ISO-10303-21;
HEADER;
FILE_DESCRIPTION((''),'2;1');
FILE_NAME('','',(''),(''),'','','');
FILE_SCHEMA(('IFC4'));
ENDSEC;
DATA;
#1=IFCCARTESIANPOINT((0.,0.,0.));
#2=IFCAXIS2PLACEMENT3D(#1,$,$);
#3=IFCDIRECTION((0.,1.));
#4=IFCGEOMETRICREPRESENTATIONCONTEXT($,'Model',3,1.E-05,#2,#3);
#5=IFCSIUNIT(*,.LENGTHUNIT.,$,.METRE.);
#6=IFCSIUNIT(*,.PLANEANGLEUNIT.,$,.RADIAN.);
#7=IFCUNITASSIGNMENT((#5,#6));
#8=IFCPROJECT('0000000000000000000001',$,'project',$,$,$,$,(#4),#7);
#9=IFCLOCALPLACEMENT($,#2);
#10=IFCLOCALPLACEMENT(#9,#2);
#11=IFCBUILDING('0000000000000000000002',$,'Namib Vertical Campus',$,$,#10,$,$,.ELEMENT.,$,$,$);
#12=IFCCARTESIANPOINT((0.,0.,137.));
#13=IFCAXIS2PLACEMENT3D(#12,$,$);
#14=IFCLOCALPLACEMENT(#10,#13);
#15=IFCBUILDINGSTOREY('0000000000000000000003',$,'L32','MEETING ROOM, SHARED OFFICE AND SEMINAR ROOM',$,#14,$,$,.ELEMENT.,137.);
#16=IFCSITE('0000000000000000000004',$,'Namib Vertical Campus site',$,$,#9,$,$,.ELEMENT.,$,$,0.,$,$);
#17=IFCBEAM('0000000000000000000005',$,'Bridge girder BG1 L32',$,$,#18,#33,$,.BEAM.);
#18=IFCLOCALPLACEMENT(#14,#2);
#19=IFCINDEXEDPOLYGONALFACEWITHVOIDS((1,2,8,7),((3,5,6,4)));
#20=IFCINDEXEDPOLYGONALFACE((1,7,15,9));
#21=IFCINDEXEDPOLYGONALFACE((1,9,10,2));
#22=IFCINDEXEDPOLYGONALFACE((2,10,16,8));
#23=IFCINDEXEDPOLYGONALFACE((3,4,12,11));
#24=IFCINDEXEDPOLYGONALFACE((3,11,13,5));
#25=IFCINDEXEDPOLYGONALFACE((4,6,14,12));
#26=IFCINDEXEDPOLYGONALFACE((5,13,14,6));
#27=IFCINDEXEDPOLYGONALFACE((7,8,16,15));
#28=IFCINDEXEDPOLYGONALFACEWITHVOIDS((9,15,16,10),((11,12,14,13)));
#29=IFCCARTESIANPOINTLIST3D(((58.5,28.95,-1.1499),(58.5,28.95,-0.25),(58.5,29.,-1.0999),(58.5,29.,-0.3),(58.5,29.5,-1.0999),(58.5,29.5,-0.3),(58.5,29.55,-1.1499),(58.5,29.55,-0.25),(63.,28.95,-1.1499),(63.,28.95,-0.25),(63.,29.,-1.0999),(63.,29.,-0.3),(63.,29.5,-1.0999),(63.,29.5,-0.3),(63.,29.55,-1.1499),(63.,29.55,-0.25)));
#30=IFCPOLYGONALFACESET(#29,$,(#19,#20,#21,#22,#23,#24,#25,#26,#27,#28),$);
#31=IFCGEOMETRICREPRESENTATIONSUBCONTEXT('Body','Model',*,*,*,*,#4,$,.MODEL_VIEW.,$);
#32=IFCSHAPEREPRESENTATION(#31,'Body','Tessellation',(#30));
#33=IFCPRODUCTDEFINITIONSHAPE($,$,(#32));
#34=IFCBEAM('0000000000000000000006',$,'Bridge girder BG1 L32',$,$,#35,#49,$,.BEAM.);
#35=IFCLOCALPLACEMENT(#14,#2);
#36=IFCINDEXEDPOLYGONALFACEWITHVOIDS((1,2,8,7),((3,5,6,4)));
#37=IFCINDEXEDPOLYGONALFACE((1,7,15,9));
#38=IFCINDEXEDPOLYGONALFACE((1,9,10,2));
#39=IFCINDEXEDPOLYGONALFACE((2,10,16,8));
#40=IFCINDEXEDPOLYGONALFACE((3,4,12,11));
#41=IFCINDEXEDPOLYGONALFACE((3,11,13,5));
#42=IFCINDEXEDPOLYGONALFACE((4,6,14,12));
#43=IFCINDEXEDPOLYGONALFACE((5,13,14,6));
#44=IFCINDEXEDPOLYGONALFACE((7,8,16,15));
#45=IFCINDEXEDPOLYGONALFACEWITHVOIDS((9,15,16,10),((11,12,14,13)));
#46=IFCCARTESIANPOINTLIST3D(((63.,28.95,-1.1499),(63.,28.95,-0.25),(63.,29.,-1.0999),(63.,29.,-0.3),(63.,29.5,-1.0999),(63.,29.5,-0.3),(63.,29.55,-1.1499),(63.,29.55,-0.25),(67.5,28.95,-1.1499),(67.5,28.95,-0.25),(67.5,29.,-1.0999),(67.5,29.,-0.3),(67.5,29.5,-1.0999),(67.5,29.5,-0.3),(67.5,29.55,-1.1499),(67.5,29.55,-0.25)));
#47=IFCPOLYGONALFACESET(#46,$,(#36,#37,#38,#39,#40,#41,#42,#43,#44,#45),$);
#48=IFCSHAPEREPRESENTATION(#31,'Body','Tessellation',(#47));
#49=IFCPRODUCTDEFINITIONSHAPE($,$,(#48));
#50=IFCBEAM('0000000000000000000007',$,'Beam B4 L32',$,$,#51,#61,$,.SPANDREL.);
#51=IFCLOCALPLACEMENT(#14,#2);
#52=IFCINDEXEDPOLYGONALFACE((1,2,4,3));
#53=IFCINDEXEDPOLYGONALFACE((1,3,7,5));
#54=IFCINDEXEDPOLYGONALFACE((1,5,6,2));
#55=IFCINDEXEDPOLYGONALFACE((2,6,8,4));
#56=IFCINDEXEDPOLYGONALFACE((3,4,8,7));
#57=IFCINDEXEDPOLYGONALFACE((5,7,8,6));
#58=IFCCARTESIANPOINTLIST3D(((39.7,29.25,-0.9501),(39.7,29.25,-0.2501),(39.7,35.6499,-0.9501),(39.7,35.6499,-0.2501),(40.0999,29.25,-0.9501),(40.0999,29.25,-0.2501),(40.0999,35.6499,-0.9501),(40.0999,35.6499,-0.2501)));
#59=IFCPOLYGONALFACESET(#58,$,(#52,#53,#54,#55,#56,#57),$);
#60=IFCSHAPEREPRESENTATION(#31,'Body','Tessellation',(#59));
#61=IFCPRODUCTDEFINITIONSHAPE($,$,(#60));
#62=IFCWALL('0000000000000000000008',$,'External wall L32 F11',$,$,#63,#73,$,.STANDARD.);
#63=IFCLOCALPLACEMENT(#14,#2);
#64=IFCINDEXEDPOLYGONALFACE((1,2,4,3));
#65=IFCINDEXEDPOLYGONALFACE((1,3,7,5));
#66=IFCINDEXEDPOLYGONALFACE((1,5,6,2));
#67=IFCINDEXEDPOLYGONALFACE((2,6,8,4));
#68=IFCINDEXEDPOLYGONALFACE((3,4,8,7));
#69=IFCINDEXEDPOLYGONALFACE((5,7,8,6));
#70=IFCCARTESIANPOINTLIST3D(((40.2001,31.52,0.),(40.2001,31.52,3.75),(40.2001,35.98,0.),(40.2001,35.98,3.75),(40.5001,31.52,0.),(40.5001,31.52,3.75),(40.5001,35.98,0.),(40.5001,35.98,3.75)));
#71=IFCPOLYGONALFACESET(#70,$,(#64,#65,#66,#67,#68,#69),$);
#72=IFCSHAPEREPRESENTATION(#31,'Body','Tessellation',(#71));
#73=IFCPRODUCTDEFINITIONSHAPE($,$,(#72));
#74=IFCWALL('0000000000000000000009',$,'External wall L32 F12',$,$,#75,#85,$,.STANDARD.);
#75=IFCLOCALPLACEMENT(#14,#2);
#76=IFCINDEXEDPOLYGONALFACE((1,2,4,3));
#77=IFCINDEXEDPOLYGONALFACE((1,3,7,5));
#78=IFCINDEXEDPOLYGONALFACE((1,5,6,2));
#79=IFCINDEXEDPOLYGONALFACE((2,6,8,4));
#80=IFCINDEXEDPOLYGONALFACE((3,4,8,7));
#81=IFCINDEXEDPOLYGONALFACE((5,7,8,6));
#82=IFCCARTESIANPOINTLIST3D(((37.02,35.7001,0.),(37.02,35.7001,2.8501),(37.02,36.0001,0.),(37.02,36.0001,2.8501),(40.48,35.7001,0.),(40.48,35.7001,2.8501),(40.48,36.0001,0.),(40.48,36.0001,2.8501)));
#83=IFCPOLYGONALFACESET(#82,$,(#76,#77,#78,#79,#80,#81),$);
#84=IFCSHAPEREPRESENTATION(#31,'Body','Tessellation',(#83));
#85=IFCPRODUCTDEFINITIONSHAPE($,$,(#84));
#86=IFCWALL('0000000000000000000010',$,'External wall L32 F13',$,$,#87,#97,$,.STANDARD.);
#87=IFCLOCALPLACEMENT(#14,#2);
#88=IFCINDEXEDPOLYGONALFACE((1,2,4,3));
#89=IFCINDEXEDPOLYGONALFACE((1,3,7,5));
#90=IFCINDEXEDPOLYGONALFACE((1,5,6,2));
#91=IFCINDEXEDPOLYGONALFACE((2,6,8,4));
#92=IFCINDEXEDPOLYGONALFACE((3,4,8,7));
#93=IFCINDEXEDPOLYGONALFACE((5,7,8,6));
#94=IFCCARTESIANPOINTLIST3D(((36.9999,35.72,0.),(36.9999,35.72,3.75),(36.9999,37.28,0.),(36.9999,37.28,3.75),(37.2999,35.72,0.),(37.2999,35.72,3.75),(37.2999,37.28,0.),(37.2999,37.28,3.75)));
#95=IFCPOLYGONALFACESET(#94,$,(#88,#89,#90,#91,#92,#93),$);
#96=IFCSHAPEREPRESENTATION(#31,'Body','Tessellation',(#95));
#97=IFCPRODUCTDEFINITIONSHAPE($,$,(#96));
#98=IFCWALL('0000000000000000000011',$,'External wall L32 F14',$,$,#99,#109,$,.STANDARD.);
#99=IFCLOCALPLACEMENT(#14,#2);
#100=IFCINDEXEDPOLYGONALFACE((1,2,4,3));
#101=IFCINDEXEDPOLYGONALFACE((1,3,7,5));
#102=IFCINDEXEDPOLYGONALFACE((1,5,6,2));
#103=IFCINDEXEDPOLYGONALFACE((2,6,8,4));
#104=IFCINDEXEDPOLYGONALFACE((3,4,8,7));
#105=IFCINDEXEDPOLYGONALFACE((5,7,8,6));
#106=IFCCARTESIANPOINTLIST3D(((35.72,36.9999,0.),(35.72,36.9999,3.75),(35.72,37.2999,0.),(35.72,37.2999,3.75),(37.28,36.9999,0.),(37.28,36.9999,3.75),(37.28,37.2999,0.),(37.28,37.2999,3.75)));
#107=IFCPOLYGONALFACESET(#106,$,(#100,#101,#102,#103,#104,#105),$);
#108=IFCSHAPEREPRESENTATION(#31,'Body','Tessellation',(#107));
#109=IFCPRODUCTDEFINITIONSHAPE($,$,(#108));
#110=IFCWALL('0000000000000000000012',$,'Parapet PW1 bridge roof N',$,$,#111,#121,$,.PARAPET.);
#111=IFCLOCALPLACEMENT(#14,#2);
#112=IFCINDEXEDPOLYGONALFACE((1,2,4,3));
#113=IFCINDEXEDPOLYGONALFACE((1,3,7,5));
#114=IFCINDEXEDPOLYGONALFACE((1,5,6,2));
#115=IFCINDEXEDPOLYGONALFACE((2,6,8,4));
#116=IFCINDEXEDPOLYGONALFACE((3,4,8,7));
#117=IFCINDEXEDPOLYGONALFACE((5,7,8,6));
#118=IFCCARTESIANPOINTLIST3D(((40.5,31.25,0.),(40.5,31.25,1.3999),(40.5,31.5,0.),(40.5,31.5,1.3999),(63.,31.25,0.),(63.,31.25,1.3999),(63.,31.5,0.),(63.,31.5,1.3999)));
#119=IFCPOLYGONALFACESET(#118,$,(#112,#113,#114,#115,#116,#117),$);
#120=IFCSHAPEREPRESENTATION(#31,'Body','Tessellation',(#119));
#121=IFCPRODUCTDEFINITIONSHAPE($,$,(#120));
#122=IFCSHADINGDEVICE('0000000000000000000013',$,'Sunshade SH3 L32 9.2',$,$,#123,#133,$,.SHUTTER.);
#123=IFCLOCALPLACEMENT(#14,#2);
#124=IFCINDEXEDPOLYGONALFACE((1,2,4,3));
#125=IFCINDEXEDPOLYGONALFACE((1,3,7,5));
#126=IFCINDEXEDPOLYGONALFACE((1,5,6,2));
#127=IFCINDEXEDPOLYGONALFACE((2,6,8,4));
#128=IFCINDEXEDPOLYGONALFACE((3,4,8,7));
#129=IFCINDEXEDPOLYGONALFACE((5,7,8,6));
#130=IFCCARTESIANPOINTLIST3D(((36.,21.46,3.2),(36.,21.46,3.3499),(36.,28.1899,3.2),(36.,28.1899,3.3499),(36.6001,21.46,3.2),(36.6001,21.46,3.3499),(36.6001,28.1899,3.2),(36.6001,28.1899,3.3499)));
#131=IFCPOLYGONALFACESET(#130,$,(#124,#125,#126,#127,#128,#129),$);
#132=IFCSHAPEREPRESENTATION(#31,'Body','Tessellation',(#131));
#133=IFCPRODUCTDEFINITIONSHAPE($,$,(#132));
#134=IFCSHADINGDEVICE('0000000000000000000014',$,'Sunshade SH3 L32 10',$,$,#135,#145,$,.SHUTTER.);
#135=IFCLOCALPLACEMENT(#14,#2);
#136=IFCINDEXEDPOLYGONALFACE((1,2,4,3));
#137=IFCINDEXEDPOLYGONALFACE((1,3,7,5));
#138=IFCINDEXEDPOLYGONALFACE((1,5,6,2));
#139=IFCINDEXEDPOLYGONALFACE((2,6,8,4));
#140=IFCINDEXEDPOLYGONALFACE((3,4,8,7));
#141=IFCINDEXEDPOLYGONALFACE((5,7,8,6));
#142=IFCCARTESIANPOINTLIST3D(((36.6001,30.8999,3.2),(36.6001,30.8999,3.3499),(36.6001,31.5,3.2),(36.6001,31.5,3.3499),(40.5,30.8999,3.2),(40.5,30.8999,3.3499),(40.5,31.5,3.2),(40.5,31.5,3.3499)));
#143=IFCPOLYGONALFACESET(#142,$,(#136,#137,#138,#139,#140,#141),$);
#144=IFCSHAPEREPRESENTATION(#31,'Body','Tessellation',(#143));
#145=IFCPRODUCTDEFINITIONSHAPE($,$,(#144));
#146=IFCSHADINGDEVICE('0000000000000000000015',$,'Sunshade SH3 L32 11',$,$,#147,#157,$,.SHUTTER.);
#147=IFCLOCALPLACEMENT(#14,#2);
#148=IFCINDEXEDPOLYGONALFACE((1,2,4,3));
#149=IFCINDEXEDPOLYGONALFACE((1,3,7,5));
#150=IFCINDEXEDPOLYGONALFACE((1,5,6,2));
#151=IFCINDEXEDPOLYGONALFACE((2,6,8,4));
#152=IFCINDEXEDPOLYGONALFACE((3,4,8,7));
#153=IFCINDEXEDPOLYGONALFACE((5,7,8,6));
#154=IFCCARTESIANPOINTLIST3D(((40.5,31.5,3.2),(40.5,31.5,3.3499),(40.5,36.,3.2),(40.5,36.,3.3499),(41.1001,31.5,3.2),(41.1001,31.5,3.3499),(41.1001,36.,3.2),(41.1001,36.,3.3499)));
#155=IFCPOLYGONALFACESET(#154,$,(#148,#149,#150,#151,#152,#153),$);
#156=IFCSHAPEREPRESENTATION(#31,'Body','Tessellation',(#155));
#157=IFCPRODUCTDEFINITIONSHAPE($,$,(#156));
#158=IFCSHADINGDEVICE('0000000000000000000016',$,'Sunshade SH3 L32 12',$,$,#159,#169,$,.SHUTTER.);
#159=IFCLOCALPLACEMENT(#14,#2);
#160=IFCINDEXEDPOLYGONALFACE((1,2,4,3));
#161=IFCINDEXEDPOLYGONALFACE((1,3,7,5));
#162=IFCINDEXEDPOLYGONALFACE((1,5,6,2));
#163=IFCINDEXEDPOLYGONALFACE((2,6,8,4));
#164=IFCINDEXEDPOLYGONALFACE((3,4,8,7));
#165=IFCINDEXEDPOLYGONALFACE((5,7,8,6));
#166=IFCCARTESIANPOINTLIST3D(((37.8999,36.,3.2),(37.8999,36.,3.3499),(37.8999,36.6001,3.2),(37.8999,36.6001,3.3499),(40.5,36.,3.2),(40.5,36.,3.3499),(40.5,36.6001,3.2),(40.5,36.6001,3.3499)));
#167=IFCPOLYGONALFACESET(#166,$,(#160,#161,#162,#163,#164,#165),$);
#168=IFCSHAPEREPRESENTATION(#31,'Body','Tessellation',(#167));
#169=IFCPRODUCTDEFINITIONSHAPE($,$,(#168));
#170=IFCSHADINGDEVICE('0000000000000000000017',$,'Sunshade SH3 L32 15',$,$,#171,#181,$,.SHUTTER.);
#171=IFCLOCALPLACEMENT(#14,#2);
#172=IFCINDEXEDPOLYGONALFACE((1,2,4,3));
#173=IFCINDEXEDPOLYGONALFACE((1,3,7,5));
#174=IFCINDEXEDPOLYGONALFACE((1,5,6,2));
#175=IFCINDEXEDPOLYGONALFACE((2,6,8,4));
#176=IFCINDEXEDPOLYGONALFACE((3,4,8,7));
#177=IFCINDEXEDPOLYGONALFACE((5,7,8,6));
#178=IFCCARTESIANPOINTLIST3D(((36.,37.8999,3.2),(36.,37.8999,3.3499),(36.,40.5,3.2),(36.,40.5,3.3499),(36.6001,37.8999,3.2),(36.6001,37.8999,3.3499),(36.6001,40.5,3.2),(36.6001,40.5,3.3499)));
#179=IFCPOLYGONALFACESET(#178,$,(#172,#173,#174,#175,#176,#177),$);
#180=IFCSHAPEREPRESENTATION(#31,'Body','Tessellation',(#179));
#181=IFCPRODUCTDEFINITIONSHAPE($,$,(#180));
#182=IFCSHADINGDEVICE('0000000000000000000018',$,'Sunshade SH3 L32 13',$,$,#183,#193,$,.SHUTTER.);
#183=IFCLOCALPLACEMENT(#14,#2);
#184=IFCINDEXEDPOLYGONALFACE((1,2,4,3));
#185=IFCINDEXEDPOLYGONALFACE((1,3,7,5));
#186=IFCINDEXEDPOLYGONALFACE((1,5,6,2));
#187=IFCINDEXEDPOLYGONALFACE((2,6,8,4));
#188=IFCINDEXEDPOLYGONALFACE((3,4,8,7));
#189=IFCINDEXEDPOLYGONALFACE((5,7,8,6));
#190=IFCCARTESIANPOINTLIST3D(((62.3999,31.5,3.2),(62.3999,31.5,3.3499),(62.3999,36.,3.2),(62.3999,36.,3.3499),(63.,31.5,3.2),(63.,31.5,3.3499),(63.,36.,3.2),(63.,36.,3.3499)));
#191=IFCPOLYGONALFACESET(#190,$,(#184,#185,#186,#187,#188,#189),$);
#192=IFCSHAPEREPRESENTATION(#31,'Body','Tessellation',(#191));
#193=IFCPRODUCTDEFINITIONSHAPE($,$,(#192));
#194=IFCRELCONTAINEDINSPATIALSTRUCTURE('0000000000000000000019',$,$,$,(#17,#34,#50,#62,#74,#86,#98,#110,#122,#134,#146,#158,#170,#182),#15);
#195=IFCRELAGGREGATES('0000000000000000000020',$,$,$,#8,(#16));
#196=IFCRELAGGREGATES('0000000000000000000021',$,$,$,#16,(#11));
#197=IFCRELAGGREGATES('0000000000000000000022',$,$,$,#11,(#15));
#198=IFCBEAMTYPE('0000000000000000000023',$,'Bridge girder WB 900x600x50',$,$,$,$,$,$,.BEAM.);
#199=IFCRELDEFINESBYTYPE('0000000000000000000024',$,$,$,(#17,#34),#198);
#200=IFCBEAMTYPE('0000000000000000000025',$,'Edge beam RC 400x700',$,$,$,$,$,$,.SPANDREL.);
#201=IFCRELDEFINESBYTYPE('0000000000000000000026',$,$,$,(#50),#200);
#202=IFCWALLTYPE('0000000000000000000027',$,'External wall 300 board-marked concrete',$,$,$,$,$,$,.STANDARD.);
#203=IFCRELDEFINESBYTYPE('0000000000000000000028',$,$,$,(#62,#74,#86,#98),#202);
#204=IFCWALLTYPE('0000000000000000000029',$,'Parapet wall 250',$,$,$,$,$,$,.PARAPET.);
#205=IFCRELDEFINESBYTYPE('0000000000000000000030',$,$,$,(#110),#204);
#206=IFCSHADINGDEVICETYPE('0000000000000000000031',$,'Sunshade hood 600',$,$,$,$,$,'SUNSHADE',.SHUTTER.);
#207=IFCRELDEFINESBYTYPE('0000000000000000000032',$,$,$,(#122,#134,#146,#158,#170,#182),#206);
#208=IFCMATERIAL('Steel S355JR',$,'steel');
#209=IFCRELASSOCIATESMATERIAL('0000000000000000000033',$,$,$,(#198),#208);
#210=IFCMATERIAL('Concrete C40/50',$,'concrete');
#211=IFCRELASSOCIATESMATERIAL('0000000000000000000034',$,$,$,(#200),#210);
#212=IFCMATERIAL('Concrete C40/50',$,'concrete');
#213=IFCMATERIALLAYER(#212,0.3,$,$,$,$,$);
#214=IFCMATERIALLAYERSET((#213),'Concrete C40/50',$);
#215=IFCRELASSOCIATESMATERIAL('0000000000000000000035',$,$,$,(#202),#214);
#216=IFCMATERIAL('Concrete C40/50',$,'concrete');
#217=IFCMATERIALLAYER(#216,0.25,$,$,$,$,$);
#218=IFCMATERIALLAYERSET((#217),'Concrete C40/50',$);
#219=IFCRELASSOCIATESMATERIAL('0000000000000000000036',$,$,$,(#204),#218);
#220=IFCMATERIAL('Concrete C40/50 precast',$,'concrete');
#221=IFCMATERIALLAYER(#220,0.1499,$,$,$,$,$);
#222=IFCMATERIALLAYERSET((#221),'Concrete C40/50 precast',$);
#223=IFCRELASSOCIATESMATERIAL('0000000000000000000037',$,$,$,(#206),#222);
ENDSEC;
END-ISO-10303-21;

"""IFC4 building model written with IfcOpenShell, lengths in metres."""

from ifc_helpers import new_model, si_unit, direction, frame, frame_2d, origin, origin_2d, place, context, subcontext, project, spatial, rectangle, hollow_rectangle, extrude, material, layer, layer_set, material_profile, profile_set, type_object, element, save


model = new_model("IFC4")

# Units and contexts
model_context = context("Model", 3, precision=1e-05, world=origin(), true_north=direction((0.0, 1.0)))
body_context = subcontext(model_context, "Body", "Model", "MODEL_VIEW")
ifc_project = project(units=[si_unit("LENGTHUNIT", "METRE"), si_unit("PLANEANGLEUNIT", "RADIAN")], contexts=[model_context])

# Site, building, storey
site_placement = place(None, origin())
site = spatial("IfcSite", under=ifc_project, at=site_placement, Name="Namib Vertical Campus site", CompositionType="ELEMENT", RefElevation=0.0)
building_placement = place(site_placement, origin())
building = spatial("IfcBuilding", under=site, at=building_placement, Name="Namib Vertical Campus", CompositionType="ELEMENT")
storey_placement = place(building_placement, frame((0.0, 0.0, 137.0)))
storey = spatial("IfcBuildingStorey", under=building, at=storey_placement, Name="L32", Description="MEETING ROOM, SHARED OFFICE AND SEMINAR ROOM", CompositionType="ELEMENT", Elevation=137.0)

# Beams
ifc_material_1 = material(Name="Steel S355JR", Category="steel")
ifc_material_profile_1 = material_profile(ifc_material_1, hollow_rectangle(XDim=0.6001, YDim=0.8999, WallThickness=0.05, at=origin_2d()))
ifc_profile_set_1 = profile_set([ifc_material_profile_1], Name="Steel S355JR")
beam_type_1 = type_object("IfcBeamType", Name="Bridge girder WB 900x600x50", PredefinedType="BEAM", material=ifc_profile_set_1)
for number, where, z_axis, x_axis, name in (
    (1, (58.5, 29.25, -0.7), (1.0, 0.0, 0.0), (0.0, 1.0, 0.0), "Bridge girder BG1 L32"),
    (2, (63.0, 29.25, -0.7), (1.0, 0.0, 0.0), (0.0, 1.0, 0.0), "Bridge girder BG1 L32"),
):
    element("IfcBeam", number, at=place(storey_placement, frame(where, z_axis=z_axis, x_axis=x_axis)), inside=storey, type_object=beam_type_1, Name=name, PredefinedType="BEAM", context=body_context, shape_type="SweptSolid", body=[
        extrude(hollow_rectangle(XDim=0.6001, YDim=0.8999, WallThickness=0.05, at=origin_2d()), origin(), (0.0, 0.0, 1.0), 4.5),
    ])
ifc_material_2 = material(Name="Concrete C40/50", Category="concrete")
ifc_material_profile_2 = material_profile(ifc_material_2, rectangle(XDim=0.3999, YDim=0.7, at=origin_2d()))
ifc_profile_set_2 = profile_set([ifc_material_profile_2], Name="Concrete C40/50")
beam_type_2 = type_object("IfcBeamType", Name="Edge beam RC 400x700", PredefinedType="SPANDREL", material=ifc_profile_set_2)
beam_placement = place(storey_placement, frame((39.8999, 29.25, -0.6001), z_axis=(0.0, 1.0, 0.0), x_axis=(-1.0, 0.0, 0.0)))
element("IfcBeam", 3, at=beam_placement, inside=storey, type_object=beam_type_2, Name="Beam B4 L32", PredefinedType="SPANDREL", context=body_context, shape_type="SweptSolid", body=[
    extrude(rectangle(XDim=0.3999, YDim=0.7, at=origin_2d()), origin(), (0.0, 0.0, 1.0), 6.3999),
])

# Walls
ifc_material_3 = material(Name="Concrete C40/50", Category="concrete")
ifc_layer_1 = layer(ifc_material_3, 0.3)
ifc_layer_set_1 = layer_set([ifc_layer_1], Name="Concrete C40/50")
wall_type_1 = type_object("IfcWallType", Name="External wall 300 board-marked concrete", PredefinedType="STANDARD", material=ifc_layer_set_1)
wall_1_placement = place(storey_placement, frame((40.3501, 31.52, 0.0), z_axis=(0.0, 0.0, 1.0), x_axis=(0.0, 1.0, 0.0)))
element("IfcWall", 4, at=wall_1_placement, inside=storey, type_object=wall_type_1, Name="External wall L32 F11", PredefinedType="STANDARD", context=body_context, shape_type="SweptSolid", body=[
    extrude(rectangle(XDim=4.46, YDim=0.3, at=frame_2d((2.23, 0.0))), origin(), (0.0, 0.0, 1.0), 3.75),
])
wall_2_placement = place(storey_placement, frame((40.48, 35.8501, 0.0), z_axis=(0.0, 0.0, 1.0), x_axis=(-1.0, 0.0, 0.0)))
element("IfcWall", 5, at=wall_2_placement, inside=storey, type_object=wall_type_1, Name="External wall L32 F12", PredefinedType="STANDARD", context=body_context, shape_type="SweptSolid", body=[
    extrude(rectangle(XDim=3.46, YDim=0.3, at=frame_2d((1.73, 0.0))), origin(), (0.0, 0.0, 1.0), 2.8501),
])
for number, where, z_axis, x_axis, name in (
    (6, (37.1499, 35.72, 0.0), (0.0, 0.0, 1.0), (0.0, 1.0, 0.0), "External wall L32 F13"),
    (7, (37.28, 37.1499, 0.0), (0.0, 0.0, 1.0), (-1.0, 0.0, 0.0), "External wall L32 F14"),
):
    element("IfcWall", number, at=place(storey_placement, frame(where, z_axis=z_axis, x_axis=x_axis)), inside=storey, type_object=wall_type_1, Name=name, PredefinedType="STANDARD", context=body_context, shape_type="SweptSolid", body=[
        extrude(rectangle(XDim=1.5601, YDim=0.3, at=frame_2d((0.78, 0.0))), origin(), (0.0, 0.0, 1.0), 3.75),
    ])
ifc_material_4 = material(Name="Concrete C40/50", Category="concrete")
ifc_layer_2 = layer(ifc_material_4, 0.25)
ifc_layer_set_2 = layer_set([ifc_layer_2], Name="Concrete C40/50")
wall_type_2 = type_object("IfcWallType", Name="Parapet wall 250", PredefinedType="PARAPET", material=ifc_layer_set_2)
wall_3_placement = place(storey_placement, frame((40.5, 31.375, 0.0), z_axis=(0.0, 0.0, 1.0), x_axis=(1.0, 0.0, 0.0)))
element("IfcWall", 8, at=wall_3_placement, inside=storey, type_object=wall_type_2, Name="Parapet PW1 bridge roof N", PredefinedType="PARAPET", context=body_context, shape_type="SweptSolid", body=[
    extrude(rectangle(XDim=22.5, YDim=0.25, at=frame_2d((11.25, 0.0))), origin(), (0.0, 0.0, 1.0), 1.3999),
])

# Shading devices
ifc_material_5 = material(Name="Concrete C40/50 precast", Category="concrete")
ifc_layer_3 = layer(ifc_material_5, 0.1499)
ifc_layer_set_3 = layer_set([ifc_layer_3], Name="Concrete C40/50 precast")
shading_device_type = type_object("IfcShadingDeviceType", Name="Sunshade hood 600", ElementType="SUNSHADE", PredefinedType="SHUTTER", material=ifc_layer_set_3)
shading_device_1_placement = place(storey_placement, frame((36.3, 24.825, 3.2), z_axis=(0.0, 0.0, 1.0), x_axis=(0.0, 1.0, 0.0)))
element("IfcShadingDevice", 9, at=shading_device_1_placement, inside=storey, type_object=shading_device_type, Name="Sunshade SH3 L32 9.2", PredefinedType="SHUTTER", context=body_context, shape_type="SweptSolid", body=[
    extrude(rectangle(XDim=6.73, YDim=0.6001, at=origin_2d()), origin(), (0.0, 0.0, 1.0), 0.1499),
])
shading_device_2_placement = place(storey_placement, frame((38.55, 31.2, 3.2), z_axis=(0.0, 0.0, 1.0), x_axis=(1.0, 0.0, 0.0)))
element("IfcShadingDevice", 10, at=shading_device_2_placement, inside=storey, type_object=shading_device_type, Name="Sunshade SH3 L32 10", PredefinedType="SHUTTER", context=body_context, shape_type="SweptSolid", body=[
    extrude(rectangle(XDim=3.8999, YDim=0.6001, at=origin_2d()), origin(), (0.0, 0.0, 1.0), 0.1499),
])
shading_device_3_placement = place(storey_placement, frame((40.8, 33.75, 3.2), z_axis=(0.0, 0.0, 1.0), x_axis=(0.0, 1.0, 0.0)))
element("IfcShadingDevice", 11, at=shading_device_3_placement, inside=storey, type_object=shading_device_type, Name="Sunshade SH3 L32 11", PredefinedType="SHUTTER", context=body_context, shape_type="SweptSolid", body=[
    extrude(rectangle(XDim=4.5, YDim=0.6001, at=origin_2d()), origin(), (0.0, 0.0, 1.0), 0.1499),
])
for number, where, z_axis, x_axis, name in (
    (12, (39.2, 36.3, 3.2), (0.0, 0.0, 1.0), (-1.0, 0.0, 0.0), "Sunshade SH3 L32 12"),
    (13, (36.3, 39.2, 3.2), (0.0, 0.0, 1.0), (0.0, 1.0, 0.0), "Sunshade SH3 L32 15"),
):
    element("IfcShadingDevice", number, at=place(storey_placement, frame(where, z_axis=z_axis, x_axis=x_axis)), inside=storey, type_object=shading_device_type, Name=name, PredefinedType="SHUTTER", context=body_context, shape_type="SweptSolid", body=[
        extrude(rectangle(XDim=2.6001, YDim=0.6001, at=origin_2d()), origin(), (0.0, 0.0, 1.0), 0.1499),
    ])
shading_device_4_placement = place(storey_placement, frame((62.7, 33.75, 3.2), z_axis=(0.0, 0.0, 1.0), x_axis=(0.0, -1.0, 0.0)))
element("IfcShadingDevice", 14, at=shading_device_4_placement, inside=storey, type_object=shading_device_type, Name="Sunshade SH3 L32 13", PredefinedType="SHUTTER", context=body_context, shape_type="SweptSolid", body=[
    extrude(rectangle(XDim=4.5, YDim=0.6001, at=origin_2d()), origin(), (0.0, 0.0, 1.0), 0.1499),
])

save(model, "model.ifc")
